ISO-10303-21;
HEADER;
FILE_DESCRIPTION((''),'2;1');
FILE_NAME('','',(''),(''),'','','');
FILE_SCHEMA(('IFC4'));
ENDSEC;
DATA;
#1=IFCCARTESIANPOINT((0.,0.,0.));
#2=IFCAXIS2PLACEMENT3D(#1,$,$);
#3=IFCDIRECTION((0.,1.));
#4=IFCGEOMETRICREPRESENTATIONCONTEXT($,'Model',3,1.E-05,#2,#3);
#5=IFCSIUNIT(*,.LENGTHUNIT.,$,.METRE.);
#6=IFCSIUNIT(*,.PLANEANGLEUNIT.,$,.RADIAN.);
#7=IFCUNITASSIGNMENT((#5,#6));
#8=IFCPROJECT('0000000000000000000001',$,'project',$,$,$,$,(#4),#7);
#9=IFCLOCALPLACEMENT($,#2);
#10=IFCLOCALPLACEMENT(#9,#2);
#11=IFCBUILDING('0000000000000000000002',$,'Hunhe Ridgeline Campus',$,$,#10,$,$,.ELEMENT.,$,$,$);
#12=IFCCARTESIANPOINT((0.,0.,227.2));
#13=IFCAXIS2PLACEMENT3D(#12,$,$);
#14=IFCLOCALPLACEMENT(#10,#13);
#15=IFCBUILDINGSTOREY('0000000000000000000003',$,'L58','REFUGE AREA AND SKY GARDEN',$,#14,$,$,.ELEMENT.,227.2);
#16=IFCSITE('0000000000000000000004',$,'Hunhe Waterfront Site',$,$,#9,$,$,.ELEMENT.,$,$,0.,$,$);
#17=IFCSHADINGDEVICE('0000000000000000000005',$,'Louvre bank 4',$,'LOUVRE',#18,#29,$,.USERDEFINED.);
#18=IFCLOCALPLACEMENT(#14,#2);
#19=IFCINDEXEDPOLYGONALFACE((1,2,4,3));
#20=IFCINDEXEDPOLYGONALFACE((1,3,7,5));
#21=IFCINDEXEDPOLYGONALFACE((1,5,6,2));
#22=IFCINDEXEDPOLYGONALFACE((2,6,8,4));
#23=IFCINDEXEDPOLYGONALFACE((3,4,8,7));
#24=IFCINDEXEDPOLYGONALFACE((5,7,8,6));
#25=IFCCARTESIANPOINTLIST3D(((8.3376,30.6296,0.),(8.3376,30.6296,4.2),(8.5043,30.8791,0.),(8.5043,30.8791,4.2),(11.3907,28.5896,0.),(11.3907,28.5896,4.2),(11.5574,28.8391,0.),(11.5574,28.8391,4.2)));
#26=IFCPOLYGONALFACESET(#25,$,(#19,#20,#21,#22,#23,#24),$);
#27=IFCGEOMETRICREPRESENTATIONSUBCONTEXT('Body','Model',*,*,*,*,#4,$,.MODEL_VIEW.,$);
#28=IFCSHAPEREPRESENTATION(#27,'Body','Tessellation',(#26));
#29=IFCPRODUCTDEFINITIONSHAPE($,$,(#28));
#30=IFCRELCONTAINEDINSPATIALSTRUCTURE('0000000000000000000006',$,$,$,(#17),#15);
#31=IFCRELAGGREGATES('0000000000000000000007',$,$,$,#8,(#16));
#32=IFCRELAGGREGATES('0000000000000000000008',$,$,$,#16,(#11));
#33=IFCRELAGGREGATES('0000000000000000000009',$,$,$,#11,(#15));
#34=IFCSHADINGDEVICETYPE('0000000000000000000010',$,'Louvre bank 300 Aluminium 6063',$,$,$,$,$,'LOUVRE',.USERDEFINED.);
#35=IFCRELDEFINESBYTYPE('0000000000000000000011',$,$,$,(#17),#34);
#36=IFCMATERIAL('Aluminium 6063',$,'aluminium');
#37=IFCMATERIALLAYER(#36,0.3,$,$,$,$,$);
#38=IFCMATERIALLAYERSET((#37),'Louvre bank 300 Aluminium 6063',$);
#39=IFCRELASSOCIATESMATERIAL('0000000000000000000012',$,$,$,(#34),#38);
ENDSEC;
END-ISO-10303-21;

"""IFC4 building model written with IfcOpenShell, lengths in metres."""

from ifc_helpers import new_model, si_unit, direction, frame, origin, origin_2d, place, context, subcontext, project, spatial, rectangle, extrude, material, layer, layer_set, type_object, element, save


model = new_model("IFC4")

# Units and contexts
model_context = context("Model", 3, precision=1e-05, world=origin(), true_north=direction((0.0, 1.0)))
body_context = subcontext(model_context, "Body", "Model", "MODEL_VIEW")
ifc_project = project(units=[si_unit("LENGTHUNIT", "METRE"), si_unit("PLANEANGLEUNIT", "RADIAN")], contexts=[model_context])

# Site, building, storey
site_placement = place(None, origin())
site = spatial("IfcSite", under=ifc_project, at=site_placement, Name="Hunhe Waterfront Site", CompositionType="ELEMENT", RefElevation=0.0)
building_placement = place(site_placement, origin())
building = spatial("IfcBuilding", under=site, at=building_placement, Name="Hunhe Ridgeline Campus", CompositionType="ELEMENT")
storey_placement = place(building_placement, frame((0.0, 0.0, 227.2)))
storey = spatial("IfcBuildingStorey", under=building, at=storey_placement, Name="L58", Description="REFUGE AREA AND SKY GARDEN", CompositionType="ELEMENT", Elevation=227.2)

# Shared definitions
ifc_material_1 = material(Name="Aluminium 6063", Category="aluminium")

# Shading device
ifc_layer_1 = layer(ifc_material_1, 0.3)
ifc_layer_set_1 = layer_set([ifc_layer_1], Name="Louvre bank 300 Aluminium 6063")
shading_device_type = type_object("IfcShadingDeviceType", Name="Louvre bank 300 Aluminium 6063", ElementType="LOUVRE", PredefinedType="USERDEFINED", material=ifc_layer_set_1)
shading_device_placement = place(storey_placement, frame((9.9475, 29.7344, 0.0), z_axis=(0.0, 0.0, 1.0), x_axis=(0.83147, -0.55557, 0.0)))
element("IfcShadingDevice", 1, at=shading_device_placement, inside=storey, type_object=shading_device_type, Name="Louvre bank 4", ObjectType="LOUVRE", PredefinedType="USERDEFINED", context=body_context, shape_type="SweptSolid", body=[
    extrude(rectangle(XDim=3.6719, YDim=0.3, at=origin_2d()), origin(), (0.0, 0.0, 1.0), 4.2),
])

save(model, "model.ifc")
